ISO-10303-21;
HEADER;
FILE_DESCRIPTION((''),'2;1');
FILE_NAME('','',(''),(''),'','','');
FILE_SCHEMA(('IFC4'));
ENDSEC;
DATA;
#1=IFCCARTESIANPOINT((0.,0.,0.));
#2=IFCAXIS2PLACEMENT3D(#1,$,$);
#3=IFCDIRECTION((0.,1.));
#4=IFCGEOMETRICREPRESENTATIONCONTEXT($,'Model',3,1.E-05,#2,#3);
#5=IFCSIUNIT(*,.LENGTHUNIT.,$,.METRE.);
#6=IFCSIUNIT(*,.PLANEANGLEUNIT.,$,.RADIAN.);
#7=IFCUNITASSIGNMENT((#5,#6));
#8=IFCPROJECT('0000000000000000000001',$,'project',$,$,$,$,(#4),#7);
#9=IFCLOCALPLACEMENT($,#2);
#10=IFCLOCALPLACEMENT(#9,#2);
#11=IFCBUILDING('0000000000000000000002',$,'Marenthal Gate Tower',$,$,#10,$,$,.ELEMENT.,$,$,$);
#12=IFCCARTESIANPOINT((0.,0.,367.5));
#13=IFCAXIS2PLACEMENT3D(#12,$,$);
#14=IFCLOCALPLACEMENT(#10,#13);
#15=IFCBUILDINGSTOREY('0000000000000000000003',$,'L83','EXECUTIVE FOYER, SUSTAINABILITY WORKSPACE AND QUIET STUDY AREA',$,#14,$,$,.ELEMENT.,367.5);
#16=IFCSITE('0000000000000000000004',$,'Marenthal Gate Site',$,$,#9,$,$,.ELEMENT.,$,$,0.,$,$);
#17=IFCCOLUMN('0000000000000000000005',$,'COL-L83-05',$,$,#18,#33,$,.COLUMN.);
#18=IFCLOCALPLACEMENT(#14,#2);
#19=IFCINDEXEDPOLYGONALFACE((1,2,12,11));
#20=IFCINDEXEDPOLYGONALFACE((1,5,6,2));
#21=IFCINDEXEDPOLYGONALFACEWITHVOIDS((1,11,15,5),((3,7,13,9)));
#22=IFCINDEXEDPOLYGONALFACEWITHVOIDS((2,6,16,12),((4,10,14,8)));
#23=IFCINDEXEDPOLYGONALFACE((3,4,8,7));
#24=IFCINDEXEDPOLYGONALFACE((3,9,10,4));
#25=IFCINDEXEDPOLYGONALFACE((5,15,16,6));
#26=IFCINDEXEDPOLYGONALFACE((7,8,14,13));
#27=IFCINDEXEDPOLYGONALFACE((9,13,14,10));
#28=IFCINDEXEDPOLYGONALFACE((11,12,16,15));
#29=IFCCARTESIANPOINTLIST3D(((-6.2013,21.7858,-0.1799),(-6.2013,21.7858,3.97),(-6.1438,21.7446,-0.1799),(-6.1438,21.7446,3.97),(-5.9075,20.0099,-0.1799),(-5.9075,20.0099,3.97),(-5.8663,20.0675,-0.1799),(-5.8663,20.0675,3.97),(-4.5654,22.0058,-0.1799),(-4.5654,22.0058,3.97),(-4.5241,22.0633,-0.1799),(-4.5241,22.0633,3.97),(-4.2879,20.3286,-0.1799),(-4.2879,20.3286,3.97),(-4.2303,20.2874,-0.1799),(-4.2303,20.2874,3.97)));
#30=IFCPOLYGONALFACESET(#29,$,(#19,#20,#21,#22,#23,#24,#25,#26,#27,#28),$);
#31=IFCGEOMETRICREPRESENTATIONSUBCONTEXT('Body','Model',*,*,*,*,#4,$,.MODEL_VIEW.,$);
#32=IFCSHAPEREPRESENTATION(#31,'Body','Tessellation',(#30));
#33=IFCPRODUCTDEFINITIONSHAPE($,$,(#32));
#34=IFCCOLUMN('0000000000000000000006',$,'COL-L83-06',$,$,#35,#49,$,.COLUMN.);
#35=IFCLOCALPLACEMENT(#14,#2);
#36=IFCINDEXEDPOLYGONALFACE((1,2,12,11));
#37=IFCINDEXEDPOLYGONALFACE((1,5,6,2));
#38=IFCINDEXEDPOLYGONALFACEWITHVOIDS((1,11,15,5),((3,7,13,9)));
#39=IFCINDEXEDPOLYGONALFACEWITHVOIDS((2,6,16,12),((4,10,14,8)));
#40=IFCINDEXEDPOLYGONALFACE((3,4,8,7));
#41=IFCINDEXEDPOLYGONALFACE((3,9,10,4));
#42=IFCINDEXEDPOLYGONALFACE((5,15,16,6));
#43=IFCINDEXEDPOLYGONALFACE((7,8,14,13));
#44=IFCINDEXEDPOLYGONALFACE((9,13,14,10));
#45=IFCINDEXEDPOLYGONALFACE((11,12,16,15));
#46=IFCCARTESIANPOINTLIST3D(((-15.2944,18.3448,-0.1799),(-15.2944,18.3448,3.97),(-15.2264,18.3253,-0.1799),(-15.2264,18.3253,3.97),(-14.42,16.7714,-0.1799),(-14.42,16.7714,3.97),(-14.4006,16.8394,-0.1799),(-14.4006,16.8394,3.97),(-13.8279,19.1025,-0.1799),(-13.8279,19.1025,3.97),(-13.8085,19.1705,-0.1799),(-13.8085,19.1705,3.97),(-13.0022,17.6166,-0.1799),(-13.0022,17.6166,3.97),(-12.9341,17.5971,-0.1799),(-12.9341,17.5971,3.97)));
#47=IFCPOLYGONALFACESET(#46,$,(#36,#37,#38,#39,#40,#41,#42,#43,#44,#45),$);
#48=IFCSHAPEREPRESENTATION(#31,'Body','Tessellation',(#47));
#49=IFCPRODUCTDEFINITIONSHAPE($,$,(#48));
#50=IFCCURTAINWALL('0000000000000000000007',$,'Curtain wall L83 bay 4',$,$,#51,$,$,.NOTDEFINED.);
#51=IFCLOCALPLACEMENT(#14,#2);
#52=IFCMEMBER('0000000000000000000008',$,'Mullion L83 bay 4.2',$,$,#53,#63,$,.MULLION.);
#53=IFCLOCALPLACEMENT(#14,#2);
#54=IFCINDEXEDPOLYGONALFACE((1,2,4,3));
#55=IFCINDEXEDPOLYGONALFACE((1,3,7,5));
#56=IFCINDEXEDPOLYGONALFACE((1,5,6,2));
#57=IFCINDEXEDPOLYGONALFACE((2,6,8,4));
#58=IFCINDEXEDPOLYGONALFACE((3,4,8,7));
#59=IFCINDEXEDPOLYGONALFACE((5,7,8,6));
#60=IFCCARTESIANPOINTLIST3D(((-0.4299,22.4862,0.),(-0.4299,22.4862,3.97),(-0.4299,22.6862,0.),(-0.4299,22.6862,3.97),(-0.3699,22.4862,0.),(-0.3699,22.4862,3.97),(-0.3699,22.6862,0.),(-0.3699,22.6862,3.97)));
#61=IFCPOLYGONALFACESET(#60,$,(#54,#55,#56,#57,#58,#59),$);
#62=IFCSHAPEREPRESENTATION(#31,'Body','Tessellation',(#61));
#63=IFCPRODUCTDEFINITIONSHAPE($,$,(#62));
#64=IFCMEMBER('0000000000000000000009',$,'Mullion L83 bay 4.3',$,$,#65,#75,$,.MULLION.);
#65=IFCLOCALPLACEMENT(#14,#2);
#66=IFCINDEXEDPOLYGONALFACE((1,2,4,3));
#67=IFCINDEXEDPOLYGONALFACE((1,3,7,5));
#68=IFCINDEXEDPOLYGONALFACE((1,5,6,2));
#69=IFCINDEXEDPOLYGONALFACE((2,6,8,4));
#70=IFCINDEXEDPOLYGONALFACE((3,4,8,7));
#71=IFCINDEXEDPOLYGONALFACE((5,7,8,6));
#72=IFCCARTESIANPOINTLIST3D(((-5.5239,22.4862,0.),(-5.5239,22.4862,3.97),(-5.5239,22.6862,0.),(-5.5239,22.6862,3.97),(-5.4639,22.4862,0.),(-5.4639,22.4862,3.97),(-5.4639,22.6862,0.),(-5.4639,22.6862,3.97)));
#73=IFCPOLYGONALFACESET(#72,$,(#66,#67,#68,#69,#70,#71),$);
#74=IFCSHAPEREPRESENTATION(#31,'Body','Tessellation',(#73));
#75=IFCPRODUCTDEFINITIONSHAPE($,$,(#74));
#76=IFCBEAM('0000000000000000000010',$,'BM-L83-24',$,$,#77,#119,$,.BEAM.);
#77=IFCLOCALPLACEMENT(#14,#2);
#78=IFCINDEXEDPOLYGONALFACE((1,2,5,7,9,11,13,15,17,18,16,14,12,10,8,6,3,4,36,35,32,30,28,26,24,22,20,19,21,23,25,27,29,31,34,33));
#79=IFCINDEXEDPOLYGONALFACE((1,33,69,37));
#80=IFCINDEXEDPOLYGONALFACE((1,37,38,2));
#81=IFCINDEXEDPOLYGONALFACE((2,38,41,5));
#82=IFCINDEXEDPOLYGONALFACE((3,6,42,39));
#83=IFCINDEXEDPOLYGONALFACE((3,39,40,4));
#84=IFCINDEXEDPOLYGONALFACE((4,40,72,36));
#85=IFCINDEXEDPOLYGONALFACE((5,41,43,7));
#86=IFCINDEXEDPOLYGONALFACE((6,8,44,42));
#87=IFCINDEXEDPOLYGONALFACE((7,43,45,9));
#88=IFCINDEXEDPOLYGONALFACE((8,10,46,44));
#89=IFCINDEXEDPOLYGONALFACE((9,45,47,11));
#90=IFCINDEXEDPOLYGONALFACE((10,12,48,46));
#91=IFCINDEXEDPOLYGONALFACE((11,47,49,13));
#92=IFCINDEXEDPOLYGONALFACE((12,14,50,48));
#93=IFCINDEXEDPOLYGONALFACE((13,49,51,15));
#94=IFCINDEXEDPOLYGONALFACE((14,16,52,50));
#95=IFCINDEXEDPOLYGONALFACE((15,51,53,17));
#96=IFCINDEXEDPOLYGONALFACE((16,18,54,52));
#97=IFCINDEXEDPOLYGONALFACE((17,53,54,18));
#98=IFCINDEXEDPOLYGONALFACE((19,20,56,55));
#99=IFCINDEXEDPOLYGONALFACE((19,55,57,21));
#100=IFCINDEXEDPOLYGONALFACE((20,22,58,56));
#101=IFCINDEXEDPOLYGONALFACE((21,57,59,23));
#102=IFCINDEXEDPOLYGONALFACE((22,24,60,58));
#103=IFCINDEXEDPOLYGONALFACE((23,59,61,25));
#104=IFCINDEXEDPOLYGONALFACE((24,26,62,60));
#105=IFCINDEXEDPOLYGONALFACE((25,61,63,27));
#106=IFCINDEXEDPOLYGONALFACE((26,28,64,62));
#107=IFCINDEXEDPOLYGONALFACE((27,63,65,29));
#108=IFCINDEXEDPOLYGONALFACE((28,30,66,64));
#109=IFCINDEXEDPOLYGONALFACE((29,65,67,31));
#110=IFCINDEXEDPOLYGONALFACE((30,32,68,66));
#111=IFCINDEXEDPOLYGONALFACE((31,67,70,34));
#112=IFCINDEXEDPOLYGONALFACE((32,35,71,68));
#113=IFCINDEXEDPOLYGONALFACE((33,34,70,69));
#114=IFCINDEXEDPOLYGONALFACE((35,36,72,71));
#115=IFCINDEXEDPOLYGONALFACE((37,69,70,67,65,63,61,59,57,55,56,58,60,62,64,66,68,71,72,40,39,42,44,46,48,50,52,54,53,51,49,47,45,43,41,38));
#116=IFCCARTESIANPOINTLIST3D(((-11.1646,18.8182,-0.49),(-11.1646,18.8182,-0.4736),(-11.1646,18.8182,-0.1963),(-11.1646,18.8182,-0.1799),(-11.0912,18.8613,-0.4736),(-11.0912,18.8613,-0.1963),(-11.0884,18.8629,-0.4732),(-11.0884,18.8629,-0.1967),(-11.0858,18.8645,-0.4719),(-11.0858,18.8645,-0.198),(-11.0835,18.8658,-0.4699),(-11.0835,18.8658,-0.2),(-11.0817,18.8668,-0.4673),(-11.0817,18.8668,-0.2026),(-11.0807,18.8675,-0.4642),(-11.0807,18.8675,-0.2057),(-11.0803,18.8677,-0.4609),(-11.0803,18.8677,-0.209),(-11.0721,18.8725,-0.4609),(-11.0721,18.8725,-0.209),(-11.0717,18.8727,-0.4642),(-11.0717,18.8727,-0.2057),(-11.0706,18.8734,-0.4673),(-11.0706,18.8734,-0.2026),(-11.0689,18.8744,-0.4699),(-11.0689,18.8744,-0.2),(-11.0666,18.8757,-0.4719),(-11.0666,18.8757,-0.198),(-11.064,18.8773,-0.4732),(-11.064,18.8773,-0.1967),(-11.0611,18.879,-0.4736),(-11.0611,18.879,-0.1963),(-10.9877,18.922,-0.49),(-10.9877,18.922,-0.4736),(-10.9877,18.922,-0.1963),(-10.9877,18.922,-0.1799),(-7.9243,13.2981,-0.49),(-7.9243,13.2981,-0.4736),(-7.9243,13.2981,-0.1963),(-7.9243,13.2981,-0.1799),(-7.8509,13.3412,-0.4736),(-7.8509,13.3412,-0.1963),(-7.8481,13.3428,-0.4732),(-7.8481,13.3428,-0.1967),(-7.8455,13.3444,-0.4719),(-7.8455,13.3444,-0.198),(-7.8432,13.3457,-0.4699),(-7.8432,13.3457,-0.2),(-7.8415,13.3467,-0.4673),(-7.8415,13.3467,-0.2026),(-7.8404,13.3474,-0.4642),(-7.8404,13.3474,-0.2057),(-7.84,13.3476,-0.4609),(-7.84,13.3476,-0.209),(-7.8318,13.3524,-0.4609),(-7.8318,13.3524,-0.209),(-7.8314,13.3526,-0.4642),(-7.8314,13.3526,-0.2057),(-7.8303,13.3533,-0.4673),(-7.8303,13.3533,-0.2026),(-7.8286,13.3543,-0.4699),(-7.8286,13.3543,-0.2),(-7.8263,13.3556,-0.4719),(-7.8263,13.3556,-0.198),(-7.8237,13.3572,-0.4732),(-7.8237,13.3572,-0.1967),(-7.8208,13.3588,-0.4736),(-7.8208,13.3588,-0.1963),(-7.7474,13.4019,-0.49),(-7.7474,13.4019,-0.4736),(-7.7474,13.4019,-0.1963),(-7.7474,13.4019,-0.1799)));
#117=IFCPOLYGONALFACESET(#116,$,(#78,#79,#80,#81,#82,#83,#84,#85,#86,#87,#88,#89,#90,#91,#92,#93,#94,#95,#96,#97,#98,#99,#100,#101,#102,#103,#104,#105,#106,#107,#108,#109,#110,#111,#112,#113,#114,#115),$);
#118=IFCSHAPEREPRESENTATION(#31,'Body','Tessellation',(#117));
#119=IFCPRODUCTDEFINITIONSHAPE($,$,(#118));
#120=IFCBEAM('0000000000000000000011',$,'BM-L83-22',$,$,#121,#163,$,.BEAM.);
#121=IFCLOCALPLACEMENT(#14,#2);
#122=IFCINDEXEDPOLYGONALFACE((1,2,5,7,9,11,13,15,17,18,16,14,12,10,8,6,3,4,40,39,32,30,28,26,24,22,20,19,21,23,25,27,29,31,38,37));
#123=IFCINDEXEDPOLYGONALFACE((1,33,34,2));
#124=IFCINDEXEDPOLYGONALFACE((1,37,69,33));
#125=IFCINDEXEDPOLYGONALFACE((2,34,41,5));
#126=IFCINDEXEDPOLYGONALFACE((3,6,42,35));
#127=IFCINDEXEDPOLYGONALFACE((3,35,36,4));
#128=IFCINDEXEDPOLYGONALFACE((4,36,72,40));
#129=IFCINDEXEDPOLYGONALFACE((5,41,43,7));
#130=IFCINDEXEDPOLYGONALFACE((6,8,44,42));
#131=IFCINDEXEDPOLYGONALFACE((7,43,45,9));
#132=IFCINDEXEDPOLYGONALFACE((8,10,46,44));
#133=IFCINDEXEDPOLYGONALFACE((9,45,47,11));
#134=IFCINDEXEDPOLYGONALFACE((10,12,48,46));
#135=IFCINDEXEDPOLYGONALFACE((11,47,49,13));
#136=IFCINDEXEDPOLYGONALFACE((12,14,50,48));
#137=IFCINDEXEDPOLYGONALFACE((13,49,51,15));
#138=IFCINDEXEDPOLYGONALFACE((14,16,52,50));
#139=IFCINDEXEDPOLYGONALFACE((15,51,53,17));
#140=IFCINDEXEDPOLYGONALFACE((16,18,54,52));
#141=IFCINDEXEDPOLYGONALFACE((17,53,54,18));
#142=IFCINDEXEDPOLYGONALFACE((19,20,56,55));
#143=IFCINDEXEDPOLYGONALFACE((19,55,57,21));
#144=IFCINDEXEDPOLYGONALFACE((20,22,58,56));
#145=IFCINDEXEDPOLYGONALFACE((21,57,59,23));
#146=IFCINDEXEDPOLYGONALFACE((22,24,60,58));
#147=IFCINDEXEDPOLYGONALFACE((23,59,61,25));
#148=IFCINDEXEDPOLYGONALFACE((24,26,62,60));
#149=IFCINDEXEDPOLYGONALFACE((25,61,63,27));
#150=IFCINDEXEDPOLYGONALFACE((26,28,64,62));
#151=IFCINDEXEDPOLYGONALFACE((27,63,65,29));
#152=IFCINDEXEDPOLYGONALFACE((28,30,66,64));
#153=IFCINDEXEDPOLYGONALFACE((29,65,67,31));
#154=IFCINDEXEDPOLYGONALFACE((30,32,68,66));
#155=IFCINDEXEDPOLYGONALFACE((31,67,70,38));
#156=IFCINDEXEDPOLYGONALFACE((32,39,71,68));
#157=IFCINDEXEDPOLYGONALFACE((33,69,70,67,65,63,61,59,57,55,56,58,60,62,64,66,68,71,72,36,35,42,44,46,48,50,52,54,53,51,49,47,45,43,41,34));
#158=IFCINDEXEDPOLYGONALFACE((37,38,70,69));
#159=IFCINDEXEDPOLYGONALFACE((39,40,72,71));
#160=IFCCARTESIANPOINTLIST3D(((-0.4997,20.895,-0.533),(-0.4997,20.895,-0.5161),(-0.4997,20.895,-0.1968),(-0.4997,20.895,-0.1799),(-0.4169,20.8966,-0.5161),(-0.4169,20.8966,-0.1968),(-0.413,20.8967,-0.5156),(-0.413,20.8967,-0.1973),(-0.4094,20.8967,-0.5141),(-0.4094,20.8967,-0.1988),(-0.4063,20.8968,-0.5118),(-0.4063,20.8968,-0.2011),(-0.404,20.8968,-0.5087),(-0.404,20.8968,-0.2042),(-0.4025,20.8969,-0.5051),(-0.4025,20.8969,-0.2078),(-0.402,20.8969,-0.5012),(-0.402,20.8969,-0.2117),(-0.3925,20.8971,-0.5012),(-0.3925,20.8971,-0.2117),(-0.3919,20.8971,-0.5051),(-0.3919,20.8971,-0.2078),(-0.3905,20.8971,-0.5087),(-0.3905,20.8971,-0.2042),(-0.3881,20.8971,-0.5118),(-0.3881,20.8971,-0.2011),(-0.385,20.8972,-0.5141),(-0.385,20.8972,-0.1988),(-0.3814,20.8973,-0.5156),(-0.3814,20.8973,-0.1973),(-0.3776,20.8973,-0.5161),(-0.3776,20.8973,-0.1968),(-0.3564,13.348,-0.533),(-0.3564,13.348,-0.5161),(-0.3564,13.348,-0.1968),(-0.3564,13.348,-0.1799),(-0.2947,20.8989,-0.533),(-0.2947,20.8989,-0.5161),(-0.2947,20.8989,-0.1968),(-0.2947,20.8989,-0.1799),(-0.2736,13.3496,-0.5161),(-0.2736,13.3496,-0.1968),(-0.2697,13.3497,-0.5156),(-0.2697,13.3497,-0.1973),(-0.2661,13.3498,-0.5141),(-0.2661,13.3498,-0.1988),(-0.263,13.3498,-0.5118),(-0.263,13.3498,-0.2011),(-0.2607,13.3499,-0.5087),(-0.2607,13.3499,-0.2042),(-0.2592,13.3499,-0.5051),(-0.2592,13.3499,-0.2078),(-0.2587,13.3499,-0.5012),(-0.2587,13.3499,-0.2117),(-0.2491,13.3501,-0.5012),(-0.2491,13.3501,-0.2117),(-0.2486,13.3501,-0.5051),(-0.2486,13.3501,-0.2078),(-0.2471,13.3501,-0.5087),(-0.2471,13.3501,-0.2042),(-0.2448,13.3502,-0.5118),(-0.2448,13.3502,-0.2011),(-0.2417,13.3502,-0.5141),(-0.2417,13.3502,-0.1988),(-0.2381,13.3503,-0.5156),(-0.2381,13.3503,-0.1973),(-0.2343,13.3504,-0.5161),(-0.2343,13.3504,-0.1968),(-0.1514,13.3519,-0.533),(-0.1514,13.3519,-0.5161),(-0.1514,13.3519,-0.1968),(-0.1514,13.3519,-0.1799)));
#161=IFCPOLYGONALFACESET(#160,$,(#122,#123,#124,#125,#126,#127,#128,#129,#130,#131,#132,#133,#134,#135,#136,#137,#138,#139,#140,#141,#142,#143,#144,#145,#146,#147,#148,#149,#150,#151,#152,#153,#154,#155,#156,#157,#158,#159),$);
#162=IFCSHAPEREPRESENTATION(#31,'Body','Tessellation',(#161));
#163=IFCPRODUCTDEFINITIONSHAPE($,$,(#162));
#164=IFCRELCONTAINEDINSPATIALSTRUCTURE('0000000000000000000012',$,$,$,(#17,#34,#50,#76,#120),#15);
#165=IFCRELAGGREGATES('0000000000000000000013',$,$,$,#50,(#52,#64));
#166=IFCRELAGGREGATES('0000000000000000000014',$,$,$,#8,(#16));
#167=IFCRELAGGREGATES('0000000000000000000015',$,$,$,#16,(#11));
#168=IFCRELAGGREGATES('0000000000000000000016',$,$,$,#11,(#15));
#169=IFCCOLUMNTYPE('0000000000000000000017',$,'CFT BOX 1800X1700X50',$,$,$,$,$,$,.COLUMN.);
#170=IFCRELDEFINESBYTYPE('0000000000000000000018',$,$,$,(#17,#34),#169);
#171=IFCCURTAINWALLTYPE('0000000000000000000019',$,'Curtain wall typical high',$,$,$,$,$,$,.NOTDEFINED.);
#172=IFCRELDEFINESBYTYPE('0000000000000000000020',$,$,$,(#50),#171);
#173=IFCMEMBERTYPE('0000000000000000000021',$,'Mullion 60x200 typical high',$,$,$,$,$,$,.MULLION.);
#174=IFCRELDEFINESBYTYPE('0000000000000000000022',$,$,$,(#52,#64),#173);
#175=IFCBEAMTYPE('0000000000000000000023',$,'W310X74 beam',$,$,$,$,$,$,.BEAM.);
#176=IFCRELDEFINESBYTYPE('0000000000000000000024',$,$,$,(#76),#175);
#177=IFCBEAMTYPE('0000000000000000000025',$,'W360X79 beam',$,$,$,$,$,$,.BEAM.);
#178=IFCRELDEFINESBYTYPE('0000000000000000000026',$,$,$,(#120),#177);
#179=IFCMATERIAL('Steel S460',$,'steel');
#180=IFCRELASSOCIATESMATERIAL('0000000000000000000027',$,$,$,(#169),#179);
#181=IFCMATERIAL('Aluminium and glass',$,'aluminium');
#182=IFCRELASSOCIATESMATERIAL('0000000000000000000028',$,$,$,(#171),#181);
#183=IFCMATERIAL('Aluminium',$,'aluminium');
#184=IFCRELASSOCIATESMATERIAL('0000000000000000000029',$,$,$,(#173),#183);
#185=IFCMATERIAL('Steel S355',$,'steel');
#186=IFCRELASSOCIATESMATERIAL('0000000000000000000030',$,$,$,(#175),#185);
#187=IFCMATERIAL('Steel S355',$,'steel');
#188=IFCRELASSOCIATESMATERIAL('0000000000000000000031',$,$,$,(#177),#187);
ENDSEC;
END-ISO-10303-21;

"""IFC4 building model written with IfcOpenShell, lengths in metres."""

from ifc_helpers import new_model, si_unit, direction, frame, origin, origin_2d, place, context, subcontext, project, spatial, rectangle, hollow_rectangle, i_section, extrude, material, material_profile, profile_set, type_object, element, aggregate, save


model = new_model("IFC4")

# Units and contexts
model_context = context("Model", 3, precision=1e-05, world=origin(), true_north=direction((0.0, 1.0)))
body_context = subcontext(model_context, "Body", "Model", "MODEL_VIEW")
ifc_project = project(units=[si_unit("LENGTHUNIT", "METRE"), si_unit("PLANEANGLEUNIT", "RADIAN")], contexts=[model_context])

# Site, building, storey
site_placement = place(None, origin())
site = spatial("IfcSite", under=ifc_project, at=site_placement, Name="Marenthal Gate Site", CompositionType="ELEMENT", RefElevation=0.0)
building_placement = place(site_placement, origin())
building = spatial("IfcBuilding", under=site, at=building_placement, Name="Marenthal Gate Tower", CompositionType="ELEMENT")
storey_placement = place(building_placement, frame((0.0, 0.0, 367.5)))
storey = spatial("IfcBuildingStorey", under=building, at=storey_placement, Name="L83", Description="EXECUTIVE FOYER, SUSTAINABILITY WORKSPACE AND QUIET STUDY AREA", CompositionType="ELEMENT", Elevation=367.5)

# Columns
ifc_material_1 = material(Name="Steel S460", Category="steel")
ifc_material_profile_1 = material_profile(ifc_material_1, hollow_rectangle(XDim=1.7, YDim=1.8, WallThickness=0.05, at=origin_2d()), Name="CFT BOX 1800X1700X50")
ifc_material_2 = material(Name="Concrete 70 MPa", Category="concrete")
ifc_material_profile_2 = material_profile(ifc_material_2, rectangle(XDim=1.6001, YDim=1.7, at=origin_2d()), Name="CFT BOX 1800X1700X50 INFILL")
ifc_profile_set_1 = profile_set([ifc_material_profile_1, ifc_material_profile_2], Name="Steel S460 shell, Concrete 70 MPa infill")
column_type = type_object("IfcColumnType", Name="CFT BOX 1800X1700X50", PredefinedType="COLUMN", material=ifc_profile_set_1)
for number, where, z_axis, x_axis, name in (
    (1, (-5.2158, 21.0366, -0.1799), (0.0, 0.0, 1.0), (0.98659, 0.163221, 0.0), "COL-L83-05"),
    (2, (-14.1143, 17.9709, -0.1799), (0.0, 0.0, 1.0), (0.874089, 0.485765, 0.0), "COL-L83-06"),
):
    element("IfcColumn", number, at=place(storey_placement, frame(where, z_axis=z_axis, x_axis=x_axis)), inside=storey, type_object=column_type, Name=name, PredefinedType="COLUMN", context=body_context, shape_type="SweptSolid", body=[
        extrude(hollow_rectangle(XDim=1.7, YDim=1.8, WallThickness=0.05, at=origin_2d()), origin(), (0.0, 0.0, 1.0), 4.1499),
    ])

# Curtain wall, members
ifc_material_3 = material(Name="Aluminium and glass", Category="aluminium")
curtain_wall_type = type_object("IfcCurtainWallType", Name="Curtain wall typical high", PredefinedType="NOTDEFINED", material=ifc_material_3)
curtain_wall_placement = place(storey_placement, origin())
curtain_wall = element("IfcCurtainWall", 3, at=curtain_wall_placement, inside=storey, type_object=curtain_wall_type, Name="Curtain wall L83 bay 4", PredefinedType="NOTDEFINED")
ifc_material_4 = material(Name="Aluminium", Category="aluminium")
ifc_material_profile_3 = material_profile(ifc_material_4, rectangle(XDim=0.2, YDim=0.0601, at=origin_2d()), Name="60x200 aluminium mullion")
ifc_profile_set_2 = profile_set([ifc_material_profile_3], Name="Aluminium")
member_type = type_object("IfcMemberType", Name="Mullion 60x200 typical high", PredefinedType="MULLION", material=ifc_profile_set_2)
member_1_placement = place(storey_placement, frame((-0.3999, 22.5862, 0.0), z_axis=(0.0, 0.0, 1.0), x_axis=(0.0, -1.0, 0.0)))
member_1 = element("IfcMember", 4, at=member_1_placement, type_object=member_type, Name="Mullion L83 bay 4.2", PredefinedType="MULLION", context=body_context, shape_type="SweptSolid", body=[
    extrude(rectangle(XDim=0.2, YDim=0.0601, at=origin_2d()), origin(), (0.0, 0.0, 1.0), 3.97),
])
member_2_placement = place(storey_placement, frame((-5.4939, 22.5862, 0.0), z_axis=(0.0, 0.0, 1.0), x_axis=(0.0, -1.0, 0.0)))
member_2 = element("IfcMember", 5, at=member_2_placement, type_object=member_type, Name="Mullion L83 bay 4.3", PredefinedType="MULLION", context=body_context, shape_type="SweptSolid", body=[
    extrude(rectangle(XDim=0.2, YDim=0.0601, at=origin_2d()), origin(), (0.0, 0.0, 1.0), 3.97),
])

# Beams
ifc_material_5 = material(Name="Steel S355", Category="steel")
ifc_material_profile_4 = material_profile(ifc_material_5, i_section(OverallWidth=0.2051, OverallDepth=0.3101, WebThickness=0.0095, FlangeThickness=0.0164, FilletRadius=0.0127, at=origin_2d()), Name="W310X74")
ifc_profile_set_3 = profile_set([ifc_material_profile_4], Name="Steel S355")
beam_type_1 = type_object("IfcBeamType", Name="W310X74 beam", PredefinedType="BEAM", material=ifc_profile_set_3)
beam_1_placement = place(storey_placement, frame((-11.0762, 18.8701, -0.335), z_axis=(0.506226, -0.862401, 0.0), x_axis=(0.862401, 0.506226, 0.0)))
element("IfcBeam", 6, at=beam_1_placement, inside=storey, type_object=beam_type_1, Name="BM-L83-24", PredefinedType="BEAM", context=body_context, shape_type="SweptSolid", body=[
    extrude(i_section(OverallWidth=0.2051, OverallDepth=0.3101, WebThickness=0.0095, FlangeThickness=0.0164, FilletRadius=0.0127, at=origin_2d()), origin(), (0.0, 0.0, 1.0), 6.4009),
])
ifc_material_6 = material(Name="Steel S355", Category="steel")
ifc_material_profile_5 = material_profile(ifc_material_6, i_section(OverallWidth=0.2051, OverallDepth=0.353, WebThickness=0.0095, FlangeThickness=0.0168, FilletRadius=0.0149, at=origin_2d()), Name="W360X79")
ifc_profile_set_4 = profile_set([ifc_material_profile_5], Name="Steel S355")
beam_type_2 = type_object("IfcBeamType", Name="W360X79 beam", PredefinedType="BEAM", material=ifc_profile_set_4)
beam_2_placement = place(storey_placement, frame((-0.3972, 20.897, -0.3564), z_axis=(0.018986, -0.99982, 0.0), x_axis=(0.99982, 0.018986, 0.0)))
element("IfcBeam", 7, at=beam_2_placement, inside=storey, type_object=beam_type_2, Name="BM-L83-22", PredefinedType="BEAM", context=body_context, shape_type="SweptSolid", body=[
    extrude(i_section(OverallWidth=0.2051, OverallDepth=0.353, WebThickness=0.0095, FlangeThickness=0.0168, FilletRadius=0.0149, at=origin_2d()), origin(), (0.0, 0.0, 1.0), 7.5483),
])

aggregate(curtain_wall, [member_1, member_2])

save(model, "model.ifc")
